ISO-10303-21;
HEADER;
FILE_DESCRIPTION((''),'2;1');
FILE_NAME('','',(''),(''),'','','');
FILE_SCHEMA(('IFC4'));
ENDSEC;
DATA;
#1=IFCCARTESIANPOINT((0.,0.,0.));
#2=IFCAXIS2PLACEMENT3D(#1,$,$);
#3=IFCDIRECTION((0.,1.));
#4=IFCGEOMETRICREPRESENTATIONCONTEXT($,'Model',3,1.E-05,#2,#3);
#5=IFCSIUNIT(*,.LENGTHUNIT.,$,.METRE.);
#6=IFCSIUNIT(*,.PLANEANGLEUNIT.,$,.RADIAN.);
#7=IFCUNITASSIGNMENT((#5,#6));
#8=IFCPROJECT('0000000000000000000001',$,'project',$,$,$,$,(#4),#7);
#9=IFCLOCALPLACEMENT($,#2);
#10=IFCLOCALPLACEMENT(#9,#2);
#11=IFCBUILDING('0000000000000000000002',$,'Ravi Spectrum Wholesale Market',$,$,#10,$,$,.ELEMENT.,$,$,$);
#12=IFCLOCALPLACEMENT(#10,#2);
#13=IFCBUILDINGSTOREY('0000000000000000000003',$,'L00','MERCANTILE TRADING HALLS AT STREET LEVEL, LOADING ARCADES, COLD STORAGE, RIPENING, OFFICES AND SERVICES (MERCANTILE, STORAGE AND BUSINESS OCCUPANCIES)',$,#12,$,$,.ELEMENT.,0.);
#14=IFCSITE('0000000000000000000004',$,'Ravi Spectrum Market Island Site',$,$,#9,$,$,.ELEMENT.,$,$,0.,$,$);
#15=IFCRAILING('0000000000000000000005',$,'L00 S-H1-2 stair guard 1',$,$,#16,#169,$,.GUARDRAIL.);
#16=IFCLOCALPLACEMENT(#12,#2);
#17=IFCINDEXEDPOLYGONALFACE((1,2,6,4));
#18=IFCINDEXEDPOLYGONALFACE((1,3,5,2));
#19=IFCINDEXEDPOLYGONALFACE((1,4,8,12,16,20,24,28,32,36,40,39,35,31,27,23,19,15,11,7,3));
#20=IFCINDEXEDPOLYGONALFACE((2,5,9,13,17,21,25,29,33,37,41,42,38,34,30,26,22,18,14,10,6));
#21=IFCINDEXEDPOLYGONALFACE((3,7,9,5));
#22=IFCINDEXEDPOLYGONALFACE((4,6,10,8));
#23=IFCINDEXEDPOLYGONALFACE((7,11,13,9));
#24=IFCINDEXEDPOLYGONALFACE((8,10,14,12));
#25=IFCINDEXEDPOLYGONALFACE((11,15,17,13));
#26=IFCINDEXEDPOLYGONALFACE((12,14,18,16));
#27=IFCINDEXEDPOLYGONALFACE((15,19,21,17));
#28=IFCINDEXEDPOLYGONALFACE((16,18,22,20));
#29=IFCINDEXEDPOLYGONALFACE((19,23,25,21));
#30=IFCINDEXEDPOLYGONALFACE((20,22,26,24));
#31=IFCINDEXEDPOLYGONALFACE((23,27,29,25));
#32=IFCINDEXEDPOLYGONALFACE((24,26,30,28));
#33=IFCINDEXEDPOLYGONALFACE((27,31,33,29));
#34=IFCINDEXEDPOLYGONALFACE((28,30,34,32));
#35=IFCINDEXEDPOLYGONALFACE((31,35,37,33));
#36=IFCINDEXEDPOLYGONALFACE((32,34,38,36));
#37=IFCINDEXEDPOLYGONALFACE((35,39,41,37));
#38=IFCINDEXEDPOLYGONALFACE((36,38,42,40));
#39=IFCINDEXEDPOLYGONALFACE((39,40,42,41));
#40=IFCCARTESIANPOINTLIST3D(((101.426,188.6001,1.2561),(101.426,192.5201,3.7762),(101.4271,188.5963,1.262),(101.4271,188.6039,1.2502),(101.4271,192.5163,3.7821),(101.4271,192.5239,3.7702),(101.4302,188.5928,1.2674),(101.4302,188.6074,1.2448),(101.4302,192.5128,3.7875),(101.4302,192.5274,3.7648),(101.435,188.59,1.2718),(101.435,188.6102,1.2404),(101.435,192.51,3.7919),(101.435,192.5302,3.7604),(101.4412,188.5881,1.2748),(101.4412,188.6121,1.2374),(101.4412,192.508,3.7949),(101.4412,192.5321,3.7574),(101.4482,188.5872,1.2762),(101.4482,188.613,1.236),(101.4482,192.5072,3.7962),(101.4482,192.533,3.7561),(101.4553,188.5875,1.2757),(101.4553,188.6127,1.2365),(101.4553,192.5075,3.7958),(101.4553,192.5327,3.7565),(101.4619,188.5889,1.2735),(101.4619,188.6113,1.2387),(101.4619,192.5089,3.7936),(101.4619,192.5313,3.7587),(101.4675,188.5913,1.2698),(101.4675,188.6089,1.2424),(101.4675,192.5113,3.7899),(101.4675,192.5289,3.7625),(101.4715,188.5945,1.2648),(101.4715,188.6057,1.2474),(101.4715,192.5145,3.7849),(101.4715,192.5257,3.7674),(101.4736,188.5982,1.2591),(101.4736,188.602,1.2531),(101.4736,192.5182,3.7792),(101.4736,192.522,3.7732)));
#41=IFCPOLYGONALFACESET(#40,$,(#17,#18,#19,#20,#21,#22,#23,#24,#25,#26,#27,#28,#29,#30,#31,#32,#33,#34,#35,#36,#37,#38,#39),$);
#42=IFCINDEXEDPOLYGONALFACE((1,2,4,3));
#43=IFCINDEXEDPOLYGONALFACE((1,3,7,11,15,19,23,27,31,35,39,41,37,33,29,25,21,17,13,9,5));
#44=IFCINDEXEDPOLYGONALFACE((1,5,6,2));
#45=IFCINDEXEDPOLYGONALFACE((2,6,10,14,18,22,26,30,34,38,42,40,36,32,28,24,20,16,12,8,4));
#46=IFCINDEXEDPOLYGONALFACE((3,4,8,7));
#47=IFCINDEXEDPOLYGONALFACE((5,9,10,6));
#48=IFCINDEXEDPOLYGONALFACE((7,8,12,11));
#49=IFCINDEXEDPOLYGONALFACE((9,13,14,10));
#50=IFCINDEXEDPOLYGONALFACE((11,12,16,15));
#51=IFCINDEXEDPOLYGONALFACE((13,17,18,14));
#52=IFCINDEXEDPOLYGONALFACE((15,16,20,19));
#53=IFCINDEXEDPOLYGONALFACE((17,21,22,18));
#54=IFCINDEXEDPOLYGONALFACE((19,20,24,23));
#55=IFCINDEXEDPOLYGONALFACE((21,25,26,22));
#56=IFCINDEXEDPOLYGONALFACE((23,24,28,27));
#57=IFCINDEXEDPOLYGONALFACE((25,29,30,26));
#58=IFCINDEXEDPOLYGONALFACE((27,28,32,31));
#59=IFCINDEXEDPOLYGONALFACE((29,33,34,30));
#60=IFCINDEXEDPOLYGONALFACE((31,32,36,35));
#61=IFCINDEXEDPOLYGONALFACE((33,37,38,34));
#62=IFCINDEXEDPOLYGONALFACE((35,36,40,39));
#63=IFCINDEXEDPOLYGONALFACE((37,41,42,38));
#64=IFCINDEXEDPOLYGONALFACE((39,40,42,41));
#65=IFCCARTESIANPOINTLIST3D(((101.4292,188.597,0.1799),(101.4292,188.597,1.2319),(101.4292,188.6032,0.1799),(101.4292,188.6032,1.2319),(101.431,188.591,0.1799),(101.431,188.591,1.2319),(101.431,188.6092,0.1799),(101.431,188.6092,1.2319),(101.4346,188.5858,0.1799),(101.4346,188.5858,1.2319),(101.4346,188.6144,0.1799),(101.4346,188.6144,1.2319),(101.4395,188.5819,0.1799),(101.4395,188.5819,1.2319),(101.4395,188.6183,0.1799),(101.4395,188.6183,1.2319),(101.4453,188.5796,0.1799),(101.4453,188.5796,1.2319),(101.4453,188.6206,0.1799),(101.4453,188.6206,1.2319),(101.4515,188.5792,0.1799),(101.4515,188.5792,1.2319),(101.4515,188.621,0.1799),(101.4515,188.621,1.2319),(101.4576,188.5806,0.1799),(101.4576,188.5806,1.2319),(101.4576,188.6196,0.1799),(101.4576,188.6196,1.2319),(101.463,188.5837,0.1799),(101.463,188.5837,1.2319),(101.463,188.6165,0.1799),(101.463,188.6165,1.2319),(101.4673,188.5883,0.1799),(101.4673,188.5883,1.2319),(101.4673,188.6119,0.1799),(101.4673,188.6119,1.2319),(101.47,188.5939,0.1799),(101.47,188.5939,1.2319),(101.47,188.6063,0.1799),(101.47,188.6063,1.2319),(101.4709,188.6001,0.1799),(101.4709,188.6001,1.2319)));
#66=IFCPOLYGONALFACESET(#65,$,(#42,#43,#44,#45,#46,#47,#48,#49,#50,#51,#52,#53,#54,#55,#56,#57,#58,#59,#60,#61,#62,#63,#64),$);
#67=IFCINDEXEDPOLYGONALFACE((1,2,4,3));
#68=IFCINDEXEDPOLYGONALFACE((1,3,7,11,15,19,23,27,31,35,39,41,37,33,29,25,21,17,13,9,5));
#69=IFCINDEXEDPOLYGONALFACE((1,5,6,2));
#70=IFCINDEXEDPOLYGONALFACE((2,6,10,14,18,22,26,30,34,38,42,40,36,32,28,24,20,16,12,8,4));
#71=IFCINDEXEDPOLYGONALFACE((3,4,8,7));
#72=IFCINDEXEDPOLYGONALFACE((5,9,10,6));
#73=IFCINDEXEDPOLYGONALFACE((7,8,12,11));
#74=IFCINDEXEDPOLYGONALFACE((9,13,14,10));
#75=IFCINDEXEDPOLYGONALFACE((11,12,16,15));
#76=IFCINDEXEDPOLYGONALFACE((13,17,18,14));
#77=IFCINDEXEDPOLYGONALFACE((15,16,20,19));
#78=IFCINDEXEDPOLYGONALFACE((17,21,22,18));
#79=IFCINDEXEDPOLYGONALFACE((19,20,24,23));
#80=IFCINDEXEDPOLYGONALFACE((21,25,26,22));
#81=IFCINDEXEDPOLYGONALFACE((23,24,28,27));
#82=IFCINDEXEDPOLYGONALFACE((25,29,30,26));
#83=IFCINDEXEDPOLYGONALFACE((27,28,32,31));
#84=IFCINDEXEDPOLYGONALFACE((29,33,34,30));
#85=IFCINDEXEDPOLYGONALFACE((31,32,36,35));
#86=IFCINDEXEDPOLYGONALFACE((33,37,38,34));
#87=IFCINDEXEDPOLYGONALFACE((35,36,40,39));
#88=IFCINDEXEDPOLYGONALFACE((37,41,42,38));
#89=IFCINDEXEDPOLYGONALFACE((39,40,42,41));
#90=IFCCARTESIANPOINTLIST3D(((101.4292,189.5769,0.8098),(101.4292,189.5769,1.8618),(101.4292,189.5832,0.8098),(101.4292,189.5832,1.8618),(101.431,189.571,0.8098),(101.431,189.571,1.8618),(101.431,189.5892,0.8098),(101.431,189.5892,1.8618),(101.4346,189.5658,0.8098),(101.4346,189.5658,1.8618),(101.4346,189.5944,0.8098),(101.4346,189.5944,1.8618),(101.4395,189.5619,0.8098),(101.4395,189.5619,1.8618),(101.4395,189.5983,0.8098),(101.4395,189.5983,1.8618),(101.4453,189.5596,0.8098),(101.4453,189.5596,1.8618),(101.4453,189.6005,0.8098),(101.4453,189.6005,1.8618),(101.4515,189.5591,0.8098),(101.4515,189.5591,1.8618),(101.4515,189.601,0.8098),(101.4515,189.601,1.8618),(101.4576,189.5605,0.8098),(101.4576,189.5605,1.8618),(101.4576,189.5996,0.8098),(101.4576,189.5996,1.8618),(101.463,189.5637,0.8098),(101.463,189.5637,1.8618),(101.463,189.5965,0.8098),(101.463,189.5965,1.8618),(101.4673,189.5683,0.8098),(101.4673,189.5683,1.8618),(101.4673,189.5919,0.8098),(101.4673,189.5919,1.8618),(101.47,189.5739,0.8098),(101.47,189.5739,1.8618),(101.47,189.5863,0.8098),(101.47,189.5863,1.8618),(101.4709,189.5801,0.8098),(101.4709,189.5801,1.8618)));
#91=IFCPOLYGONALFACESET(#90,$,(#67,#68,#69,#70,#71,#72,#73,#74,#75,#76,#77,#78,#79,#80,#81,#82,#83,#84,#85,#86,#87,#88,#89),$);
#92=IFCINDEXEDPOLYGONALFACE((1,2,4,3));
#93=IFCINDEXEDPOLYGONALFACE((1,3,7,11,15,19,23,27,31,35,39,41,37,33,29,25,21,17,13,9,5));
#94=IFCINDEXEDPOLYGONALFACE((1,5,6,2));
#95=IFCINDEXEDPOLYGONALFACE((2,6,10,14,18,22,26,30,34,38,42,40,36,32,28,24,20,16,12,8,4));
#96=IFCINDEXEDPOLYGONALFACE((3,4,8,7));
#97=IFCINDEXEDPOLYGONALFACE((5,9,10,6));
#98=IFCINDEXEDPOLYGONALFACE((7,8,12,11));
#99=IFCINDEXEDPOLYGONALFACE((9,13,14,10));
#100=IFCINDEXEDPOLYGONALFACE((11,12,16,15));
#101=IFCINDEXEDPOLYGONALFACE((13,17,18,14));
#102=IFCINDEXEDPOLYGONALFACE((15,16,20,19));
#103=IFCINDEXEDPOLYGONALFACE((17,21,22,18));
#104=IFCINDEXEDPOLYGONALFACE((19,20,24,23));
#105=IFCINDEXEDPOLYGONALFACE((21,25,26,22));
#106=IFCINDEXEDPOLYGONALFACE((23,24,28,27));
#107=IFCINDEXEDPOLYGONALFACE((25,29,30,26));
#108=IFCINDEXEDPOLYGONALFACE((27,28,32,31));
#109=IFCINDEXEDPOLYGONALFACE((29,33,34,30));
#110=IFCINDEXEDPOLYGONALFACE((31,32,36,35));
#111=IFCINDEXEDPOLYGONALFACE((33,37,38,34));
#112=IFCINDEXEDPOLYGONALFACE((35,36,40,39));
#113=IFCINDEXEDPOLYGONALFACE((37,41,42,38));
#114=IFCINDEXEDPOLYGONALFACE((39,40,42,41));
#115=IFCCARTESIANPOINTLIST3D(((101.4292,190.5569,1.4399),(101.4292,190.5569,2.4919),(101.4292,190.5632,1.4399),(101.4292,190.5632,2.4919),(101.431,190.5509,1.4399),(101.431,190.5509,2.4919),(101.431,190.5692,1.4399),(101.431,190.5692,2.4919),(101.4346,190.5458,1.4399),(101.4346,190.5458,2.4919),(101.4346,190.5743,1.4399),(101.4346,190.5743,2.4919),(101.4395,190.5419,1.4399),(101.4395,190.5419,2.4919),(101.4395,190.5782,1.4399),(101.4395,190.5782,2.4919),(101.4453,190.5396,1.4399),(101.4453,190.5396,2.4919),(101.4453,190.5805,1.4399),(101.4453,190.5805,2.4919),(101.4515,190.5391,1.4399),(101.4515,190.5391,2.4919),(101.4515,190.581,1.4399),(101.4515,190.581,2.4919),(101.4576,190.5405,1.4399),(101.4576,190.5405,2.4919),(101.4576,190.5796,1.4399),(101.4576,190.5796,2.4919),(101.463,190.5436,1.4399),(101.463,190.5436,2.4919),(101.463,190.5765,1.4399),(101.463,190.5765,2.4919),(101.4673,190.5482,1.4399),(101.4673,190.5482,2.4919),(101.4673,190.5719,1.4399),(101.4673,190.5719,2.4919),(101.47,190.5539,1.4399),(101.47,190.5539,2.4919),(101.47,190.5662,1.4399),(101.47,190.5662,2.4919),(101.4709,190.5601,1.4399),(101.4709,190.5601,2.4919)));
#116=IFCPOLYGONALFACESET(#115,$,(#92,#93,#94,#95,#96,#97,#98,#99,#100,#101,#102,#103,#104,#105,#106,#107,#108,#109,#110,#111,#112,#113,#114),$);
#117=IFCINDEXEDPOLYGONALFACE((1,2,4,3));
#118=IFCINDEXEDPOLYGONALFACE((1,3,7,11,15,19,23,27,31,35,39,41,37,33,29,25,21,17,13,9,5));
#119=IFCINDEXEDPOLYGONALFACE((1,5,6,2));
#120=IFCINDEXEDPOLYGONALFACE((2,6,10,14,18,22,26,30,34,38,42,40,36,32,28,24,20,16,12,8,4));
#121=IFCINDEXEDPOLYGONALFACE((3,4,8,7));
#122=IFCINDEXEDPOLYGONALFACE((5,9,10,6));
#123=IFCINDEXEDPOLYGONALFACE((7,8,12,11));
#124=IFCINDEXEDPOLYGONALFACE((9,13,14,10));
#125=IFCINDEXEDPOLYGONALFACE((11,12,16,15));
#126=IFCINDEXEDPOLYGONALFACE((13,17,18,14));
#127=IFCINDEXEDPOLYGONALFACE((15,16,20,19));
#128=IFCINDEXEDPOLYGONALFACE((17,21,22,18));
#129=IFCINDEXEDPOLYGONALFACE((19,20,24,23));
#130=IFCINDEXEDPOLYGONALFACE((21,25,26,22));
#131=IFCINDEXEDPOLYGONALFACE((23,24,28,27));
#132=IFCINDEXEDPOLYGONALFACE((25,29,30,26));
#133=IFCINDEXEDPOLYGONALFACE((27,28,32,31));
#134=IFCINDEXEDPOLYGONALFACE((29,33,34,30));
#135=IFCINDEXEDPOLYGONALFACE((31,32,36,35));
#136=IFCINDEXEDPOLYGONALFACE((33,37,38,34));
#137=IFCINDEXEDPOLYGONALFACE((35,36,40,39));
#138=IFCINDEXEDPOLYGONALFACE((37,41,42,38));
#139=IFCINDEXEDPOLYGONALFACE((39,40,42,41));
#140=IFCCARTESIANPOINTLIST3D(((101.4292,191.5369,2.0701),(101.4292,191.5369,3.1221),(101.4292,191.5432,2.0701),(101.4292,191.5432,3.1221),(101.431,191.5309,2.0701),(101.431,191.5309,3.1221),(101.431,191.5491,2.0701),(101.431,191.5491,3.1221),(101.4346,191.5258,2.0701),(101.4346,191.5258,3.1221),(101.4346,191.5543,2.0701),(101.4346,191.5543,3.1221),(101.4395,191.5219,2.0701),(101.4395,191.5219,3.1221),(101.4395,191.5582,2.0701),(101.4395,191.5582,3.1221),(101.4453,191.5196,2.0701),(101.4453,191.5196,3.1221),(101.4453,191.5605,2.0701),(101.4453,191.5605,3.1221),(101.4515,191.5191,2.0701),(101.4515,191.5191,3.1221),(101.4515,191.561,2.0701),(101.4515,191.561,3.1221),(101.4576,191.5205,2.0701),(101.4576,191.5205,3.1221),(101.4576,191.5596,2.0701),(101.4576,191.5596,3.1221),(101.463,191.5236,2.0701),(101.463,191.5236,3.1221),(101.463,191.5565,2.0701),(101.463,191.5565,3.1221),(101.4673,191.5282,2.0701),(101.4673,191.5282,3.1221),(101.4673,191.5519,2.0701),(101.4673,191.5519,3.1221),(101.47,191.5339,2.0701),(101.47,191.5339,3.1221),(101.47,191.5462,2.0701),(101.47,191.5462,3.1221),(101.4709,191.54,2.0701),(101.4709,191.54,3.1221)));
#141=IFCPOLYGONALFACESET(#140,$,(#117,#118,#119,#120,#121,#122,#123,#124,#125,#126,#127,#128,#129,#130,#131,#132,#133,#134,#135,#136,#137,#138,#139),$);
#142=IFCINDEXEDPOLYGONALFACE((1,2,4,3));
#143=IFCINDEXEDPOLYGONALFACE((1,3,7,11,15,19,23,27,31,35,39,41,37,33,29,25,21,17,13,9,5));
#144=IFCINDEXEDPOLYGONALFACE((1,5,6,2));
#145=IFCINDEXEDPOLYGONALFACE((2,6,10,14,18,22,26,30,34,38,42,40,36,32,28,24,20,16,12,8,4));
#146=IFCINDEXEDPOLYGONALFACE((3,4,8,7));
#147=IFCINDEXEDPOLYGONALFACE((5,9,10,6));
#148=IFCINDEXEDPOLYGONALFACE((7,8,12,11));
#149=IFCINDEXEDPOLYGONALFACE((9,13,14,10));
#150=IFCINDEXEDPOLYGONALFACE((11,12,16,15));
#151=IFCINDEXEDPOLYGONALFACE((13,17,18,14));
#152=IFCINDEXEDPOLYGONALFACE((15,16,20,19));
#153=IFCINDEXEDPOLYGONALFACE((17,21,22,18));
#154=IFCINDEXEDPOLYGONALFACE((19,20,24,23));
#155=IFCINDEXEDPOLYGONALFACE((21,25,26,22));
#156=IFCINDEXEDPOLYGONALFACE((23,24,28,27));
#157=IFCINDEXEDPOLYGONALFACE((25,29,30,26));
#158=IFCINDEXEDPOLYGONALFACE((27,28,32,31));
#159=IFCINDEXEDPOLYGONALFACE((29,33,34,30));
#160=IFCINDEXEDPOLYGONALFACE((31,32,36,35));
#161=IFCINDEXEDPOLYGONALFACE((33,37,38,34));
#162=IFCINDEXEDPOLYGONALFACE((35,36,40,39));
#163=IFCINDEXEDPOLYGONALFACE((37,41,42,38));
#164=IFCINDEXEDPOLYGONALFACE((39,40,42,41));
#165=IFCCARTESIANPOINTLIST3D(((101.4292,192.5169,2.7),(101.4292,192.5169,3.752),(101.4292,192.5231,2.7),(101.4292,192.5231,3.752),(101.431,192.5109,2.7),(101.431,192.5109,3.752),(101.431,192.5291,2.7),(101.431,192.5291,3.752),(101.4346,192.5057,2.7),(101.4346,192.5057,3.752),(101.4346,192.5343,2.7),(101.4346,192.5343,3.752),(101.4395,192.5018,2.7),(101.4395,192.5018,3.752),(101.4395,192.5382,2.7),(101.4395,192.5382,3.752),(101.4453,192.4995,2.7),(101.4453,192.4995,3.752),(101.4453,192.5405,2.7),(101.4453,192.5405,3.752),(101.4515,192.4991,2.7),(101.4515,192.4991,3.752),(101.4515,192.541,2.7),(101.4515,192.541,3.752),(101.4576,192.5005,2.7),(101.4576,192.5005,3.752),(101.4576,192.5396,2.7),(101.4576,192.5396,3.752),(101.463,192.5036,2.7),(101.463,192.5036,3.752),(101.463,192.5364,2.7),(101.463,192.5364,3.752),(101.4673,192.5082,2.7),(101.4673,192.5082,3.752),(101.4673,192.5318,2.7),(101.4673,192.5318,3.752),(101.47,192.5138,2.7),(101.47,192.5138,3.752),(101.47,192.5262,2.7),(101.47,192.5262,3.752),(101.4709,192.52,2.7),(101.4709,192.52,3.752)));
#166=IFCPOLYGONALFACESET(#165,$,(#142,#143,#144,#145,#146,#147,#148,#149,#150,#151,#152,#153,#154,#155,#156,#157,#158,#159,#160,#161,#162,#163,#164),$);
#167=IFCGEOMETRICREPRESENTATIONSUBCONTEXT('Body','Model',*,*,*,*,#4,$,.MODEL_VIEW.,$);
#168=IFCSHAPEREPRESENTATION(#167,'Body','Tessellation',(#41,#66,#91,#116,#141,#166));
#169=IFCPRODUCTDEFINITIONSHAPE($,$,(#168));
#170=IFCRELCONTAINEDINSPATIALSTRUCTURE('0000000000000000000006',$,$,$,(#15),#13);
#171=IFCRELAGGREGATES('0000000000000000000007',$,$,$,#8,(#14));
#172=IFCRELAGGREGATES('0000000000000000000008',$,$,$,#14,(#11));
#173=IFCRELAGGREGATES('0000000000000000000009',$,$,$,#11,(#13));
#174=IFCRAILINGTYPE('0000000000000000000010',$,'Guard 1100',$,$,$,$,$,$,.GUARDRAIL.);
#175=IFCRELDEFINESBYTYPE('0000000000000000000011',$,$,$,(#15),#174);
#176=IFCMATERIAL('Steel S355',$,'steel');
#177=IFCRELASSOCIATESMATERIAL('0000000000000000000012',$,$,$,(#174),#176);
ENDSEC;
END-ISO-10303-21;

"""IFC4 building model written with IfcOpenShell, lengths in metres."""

from ifc_helpers import new_model, si_unit, direction, frame, origin, origin_2d, place, context, subcontext, project, spatial, circle, extrude, material, type_object, element, save


model = new_model("IFC4")

# Units and contexts
model_context = context("Model", 3, precision=1e-05, world=origin(), true_north=direction((0.0, 1.0)))
body_context = subcontext(model_context, "Body", "Model", "MODEL_VIEW")
ifc_project = project(units=[si_unit("LENGTHUNIT", "METRE"), si_unit("PLANEANGLEUNIT", "RADIAN")], contexts=[model_context])

# Site, building, storey
site_placement = place(None, origin())
site = spatial("IfcSite", under=ifc_project, at=site_placement, Name="Ravi Spectrum Market Island Site", CompositionType="ELEMENT", RefElevation=0.0)
building_placement = place(site_placement, origin())
building = spatial("IfcBuilding", under=site, at=building_placement, Name="Ravi Spectrum Wholesale Market", CompositionType="ELEMENT")
storey_placement = place(building_placement, origin())
storey = spatial("IfcBuildingStorey", under=building, at=storey_placement, Name="L00", Description="MERCANTILE TRADING HALLS AT STREET LEVEL, LOADING ARCADES, COLD STORAGE, RIPENING, OFFICES AND SERVICES (MERCANTILE, STORAGE AND BUSINESS OCCUPANCIES)", CompositionType="ELEMENT", Elevation=0.0)

# Railing
ifc_material_1 = material(Name="Steel S355", Category="steel")
railing_type_1 = type_object("IfcRailingType", Name="Guard 1100", PredefinedType="GUARDRAIL", material=ifc_material_1)
railing_1_placement = place(storey_placement, frame((101.45, 188.6001, 0.1799)))
element("IfcRailing", 1, at=railing_1_placement, inside=storey, type_object=railing_type_1, Name="L00 S-H1-2 stair guard 1", PredefinedType="GUARDRAIL", context=body_context, shape_type="SweptSolid", body=[
    extrude(circle(Radius=0.0239, at=origin_2d()), frame((0.0, 0.0, 1.0762), z_axis=(0.0, 0.841172, 0.540768), x_axis=(-1.0, 0.0, 0.0)), (0.0, 0.0, 1.0), 4.6602),
    extrude(circle(Radius=0.021, at=origin_2d()), origin(), (0.0, 0.0, 1.0), 1.052),
    extrude(circle(Radius=0.021, at=origin_2d()), frame((0.0, 0.98, 0.6299)), (0.0, 0.0, 1.0), 1.052),
    extrude(circle(Radius=0.021, at=origin_2d()), frame((0.0, 1.96, 1.26)), (0.0, 0.0, 1.0), 1.052),
    extrude(circle(Radius=0.021, at=origin_2d()), frame((0.0, 2.9399, 1.8901)), (0.0, 0.0, 1.0), 1.052),
    extrude(circle(Radius=0.021, at=origin_2d()), frame((0.0, 3.9199, 2.52)), (0.0, 0.0, 1.0), 1.052),
])

save(model, "model.ifc")
